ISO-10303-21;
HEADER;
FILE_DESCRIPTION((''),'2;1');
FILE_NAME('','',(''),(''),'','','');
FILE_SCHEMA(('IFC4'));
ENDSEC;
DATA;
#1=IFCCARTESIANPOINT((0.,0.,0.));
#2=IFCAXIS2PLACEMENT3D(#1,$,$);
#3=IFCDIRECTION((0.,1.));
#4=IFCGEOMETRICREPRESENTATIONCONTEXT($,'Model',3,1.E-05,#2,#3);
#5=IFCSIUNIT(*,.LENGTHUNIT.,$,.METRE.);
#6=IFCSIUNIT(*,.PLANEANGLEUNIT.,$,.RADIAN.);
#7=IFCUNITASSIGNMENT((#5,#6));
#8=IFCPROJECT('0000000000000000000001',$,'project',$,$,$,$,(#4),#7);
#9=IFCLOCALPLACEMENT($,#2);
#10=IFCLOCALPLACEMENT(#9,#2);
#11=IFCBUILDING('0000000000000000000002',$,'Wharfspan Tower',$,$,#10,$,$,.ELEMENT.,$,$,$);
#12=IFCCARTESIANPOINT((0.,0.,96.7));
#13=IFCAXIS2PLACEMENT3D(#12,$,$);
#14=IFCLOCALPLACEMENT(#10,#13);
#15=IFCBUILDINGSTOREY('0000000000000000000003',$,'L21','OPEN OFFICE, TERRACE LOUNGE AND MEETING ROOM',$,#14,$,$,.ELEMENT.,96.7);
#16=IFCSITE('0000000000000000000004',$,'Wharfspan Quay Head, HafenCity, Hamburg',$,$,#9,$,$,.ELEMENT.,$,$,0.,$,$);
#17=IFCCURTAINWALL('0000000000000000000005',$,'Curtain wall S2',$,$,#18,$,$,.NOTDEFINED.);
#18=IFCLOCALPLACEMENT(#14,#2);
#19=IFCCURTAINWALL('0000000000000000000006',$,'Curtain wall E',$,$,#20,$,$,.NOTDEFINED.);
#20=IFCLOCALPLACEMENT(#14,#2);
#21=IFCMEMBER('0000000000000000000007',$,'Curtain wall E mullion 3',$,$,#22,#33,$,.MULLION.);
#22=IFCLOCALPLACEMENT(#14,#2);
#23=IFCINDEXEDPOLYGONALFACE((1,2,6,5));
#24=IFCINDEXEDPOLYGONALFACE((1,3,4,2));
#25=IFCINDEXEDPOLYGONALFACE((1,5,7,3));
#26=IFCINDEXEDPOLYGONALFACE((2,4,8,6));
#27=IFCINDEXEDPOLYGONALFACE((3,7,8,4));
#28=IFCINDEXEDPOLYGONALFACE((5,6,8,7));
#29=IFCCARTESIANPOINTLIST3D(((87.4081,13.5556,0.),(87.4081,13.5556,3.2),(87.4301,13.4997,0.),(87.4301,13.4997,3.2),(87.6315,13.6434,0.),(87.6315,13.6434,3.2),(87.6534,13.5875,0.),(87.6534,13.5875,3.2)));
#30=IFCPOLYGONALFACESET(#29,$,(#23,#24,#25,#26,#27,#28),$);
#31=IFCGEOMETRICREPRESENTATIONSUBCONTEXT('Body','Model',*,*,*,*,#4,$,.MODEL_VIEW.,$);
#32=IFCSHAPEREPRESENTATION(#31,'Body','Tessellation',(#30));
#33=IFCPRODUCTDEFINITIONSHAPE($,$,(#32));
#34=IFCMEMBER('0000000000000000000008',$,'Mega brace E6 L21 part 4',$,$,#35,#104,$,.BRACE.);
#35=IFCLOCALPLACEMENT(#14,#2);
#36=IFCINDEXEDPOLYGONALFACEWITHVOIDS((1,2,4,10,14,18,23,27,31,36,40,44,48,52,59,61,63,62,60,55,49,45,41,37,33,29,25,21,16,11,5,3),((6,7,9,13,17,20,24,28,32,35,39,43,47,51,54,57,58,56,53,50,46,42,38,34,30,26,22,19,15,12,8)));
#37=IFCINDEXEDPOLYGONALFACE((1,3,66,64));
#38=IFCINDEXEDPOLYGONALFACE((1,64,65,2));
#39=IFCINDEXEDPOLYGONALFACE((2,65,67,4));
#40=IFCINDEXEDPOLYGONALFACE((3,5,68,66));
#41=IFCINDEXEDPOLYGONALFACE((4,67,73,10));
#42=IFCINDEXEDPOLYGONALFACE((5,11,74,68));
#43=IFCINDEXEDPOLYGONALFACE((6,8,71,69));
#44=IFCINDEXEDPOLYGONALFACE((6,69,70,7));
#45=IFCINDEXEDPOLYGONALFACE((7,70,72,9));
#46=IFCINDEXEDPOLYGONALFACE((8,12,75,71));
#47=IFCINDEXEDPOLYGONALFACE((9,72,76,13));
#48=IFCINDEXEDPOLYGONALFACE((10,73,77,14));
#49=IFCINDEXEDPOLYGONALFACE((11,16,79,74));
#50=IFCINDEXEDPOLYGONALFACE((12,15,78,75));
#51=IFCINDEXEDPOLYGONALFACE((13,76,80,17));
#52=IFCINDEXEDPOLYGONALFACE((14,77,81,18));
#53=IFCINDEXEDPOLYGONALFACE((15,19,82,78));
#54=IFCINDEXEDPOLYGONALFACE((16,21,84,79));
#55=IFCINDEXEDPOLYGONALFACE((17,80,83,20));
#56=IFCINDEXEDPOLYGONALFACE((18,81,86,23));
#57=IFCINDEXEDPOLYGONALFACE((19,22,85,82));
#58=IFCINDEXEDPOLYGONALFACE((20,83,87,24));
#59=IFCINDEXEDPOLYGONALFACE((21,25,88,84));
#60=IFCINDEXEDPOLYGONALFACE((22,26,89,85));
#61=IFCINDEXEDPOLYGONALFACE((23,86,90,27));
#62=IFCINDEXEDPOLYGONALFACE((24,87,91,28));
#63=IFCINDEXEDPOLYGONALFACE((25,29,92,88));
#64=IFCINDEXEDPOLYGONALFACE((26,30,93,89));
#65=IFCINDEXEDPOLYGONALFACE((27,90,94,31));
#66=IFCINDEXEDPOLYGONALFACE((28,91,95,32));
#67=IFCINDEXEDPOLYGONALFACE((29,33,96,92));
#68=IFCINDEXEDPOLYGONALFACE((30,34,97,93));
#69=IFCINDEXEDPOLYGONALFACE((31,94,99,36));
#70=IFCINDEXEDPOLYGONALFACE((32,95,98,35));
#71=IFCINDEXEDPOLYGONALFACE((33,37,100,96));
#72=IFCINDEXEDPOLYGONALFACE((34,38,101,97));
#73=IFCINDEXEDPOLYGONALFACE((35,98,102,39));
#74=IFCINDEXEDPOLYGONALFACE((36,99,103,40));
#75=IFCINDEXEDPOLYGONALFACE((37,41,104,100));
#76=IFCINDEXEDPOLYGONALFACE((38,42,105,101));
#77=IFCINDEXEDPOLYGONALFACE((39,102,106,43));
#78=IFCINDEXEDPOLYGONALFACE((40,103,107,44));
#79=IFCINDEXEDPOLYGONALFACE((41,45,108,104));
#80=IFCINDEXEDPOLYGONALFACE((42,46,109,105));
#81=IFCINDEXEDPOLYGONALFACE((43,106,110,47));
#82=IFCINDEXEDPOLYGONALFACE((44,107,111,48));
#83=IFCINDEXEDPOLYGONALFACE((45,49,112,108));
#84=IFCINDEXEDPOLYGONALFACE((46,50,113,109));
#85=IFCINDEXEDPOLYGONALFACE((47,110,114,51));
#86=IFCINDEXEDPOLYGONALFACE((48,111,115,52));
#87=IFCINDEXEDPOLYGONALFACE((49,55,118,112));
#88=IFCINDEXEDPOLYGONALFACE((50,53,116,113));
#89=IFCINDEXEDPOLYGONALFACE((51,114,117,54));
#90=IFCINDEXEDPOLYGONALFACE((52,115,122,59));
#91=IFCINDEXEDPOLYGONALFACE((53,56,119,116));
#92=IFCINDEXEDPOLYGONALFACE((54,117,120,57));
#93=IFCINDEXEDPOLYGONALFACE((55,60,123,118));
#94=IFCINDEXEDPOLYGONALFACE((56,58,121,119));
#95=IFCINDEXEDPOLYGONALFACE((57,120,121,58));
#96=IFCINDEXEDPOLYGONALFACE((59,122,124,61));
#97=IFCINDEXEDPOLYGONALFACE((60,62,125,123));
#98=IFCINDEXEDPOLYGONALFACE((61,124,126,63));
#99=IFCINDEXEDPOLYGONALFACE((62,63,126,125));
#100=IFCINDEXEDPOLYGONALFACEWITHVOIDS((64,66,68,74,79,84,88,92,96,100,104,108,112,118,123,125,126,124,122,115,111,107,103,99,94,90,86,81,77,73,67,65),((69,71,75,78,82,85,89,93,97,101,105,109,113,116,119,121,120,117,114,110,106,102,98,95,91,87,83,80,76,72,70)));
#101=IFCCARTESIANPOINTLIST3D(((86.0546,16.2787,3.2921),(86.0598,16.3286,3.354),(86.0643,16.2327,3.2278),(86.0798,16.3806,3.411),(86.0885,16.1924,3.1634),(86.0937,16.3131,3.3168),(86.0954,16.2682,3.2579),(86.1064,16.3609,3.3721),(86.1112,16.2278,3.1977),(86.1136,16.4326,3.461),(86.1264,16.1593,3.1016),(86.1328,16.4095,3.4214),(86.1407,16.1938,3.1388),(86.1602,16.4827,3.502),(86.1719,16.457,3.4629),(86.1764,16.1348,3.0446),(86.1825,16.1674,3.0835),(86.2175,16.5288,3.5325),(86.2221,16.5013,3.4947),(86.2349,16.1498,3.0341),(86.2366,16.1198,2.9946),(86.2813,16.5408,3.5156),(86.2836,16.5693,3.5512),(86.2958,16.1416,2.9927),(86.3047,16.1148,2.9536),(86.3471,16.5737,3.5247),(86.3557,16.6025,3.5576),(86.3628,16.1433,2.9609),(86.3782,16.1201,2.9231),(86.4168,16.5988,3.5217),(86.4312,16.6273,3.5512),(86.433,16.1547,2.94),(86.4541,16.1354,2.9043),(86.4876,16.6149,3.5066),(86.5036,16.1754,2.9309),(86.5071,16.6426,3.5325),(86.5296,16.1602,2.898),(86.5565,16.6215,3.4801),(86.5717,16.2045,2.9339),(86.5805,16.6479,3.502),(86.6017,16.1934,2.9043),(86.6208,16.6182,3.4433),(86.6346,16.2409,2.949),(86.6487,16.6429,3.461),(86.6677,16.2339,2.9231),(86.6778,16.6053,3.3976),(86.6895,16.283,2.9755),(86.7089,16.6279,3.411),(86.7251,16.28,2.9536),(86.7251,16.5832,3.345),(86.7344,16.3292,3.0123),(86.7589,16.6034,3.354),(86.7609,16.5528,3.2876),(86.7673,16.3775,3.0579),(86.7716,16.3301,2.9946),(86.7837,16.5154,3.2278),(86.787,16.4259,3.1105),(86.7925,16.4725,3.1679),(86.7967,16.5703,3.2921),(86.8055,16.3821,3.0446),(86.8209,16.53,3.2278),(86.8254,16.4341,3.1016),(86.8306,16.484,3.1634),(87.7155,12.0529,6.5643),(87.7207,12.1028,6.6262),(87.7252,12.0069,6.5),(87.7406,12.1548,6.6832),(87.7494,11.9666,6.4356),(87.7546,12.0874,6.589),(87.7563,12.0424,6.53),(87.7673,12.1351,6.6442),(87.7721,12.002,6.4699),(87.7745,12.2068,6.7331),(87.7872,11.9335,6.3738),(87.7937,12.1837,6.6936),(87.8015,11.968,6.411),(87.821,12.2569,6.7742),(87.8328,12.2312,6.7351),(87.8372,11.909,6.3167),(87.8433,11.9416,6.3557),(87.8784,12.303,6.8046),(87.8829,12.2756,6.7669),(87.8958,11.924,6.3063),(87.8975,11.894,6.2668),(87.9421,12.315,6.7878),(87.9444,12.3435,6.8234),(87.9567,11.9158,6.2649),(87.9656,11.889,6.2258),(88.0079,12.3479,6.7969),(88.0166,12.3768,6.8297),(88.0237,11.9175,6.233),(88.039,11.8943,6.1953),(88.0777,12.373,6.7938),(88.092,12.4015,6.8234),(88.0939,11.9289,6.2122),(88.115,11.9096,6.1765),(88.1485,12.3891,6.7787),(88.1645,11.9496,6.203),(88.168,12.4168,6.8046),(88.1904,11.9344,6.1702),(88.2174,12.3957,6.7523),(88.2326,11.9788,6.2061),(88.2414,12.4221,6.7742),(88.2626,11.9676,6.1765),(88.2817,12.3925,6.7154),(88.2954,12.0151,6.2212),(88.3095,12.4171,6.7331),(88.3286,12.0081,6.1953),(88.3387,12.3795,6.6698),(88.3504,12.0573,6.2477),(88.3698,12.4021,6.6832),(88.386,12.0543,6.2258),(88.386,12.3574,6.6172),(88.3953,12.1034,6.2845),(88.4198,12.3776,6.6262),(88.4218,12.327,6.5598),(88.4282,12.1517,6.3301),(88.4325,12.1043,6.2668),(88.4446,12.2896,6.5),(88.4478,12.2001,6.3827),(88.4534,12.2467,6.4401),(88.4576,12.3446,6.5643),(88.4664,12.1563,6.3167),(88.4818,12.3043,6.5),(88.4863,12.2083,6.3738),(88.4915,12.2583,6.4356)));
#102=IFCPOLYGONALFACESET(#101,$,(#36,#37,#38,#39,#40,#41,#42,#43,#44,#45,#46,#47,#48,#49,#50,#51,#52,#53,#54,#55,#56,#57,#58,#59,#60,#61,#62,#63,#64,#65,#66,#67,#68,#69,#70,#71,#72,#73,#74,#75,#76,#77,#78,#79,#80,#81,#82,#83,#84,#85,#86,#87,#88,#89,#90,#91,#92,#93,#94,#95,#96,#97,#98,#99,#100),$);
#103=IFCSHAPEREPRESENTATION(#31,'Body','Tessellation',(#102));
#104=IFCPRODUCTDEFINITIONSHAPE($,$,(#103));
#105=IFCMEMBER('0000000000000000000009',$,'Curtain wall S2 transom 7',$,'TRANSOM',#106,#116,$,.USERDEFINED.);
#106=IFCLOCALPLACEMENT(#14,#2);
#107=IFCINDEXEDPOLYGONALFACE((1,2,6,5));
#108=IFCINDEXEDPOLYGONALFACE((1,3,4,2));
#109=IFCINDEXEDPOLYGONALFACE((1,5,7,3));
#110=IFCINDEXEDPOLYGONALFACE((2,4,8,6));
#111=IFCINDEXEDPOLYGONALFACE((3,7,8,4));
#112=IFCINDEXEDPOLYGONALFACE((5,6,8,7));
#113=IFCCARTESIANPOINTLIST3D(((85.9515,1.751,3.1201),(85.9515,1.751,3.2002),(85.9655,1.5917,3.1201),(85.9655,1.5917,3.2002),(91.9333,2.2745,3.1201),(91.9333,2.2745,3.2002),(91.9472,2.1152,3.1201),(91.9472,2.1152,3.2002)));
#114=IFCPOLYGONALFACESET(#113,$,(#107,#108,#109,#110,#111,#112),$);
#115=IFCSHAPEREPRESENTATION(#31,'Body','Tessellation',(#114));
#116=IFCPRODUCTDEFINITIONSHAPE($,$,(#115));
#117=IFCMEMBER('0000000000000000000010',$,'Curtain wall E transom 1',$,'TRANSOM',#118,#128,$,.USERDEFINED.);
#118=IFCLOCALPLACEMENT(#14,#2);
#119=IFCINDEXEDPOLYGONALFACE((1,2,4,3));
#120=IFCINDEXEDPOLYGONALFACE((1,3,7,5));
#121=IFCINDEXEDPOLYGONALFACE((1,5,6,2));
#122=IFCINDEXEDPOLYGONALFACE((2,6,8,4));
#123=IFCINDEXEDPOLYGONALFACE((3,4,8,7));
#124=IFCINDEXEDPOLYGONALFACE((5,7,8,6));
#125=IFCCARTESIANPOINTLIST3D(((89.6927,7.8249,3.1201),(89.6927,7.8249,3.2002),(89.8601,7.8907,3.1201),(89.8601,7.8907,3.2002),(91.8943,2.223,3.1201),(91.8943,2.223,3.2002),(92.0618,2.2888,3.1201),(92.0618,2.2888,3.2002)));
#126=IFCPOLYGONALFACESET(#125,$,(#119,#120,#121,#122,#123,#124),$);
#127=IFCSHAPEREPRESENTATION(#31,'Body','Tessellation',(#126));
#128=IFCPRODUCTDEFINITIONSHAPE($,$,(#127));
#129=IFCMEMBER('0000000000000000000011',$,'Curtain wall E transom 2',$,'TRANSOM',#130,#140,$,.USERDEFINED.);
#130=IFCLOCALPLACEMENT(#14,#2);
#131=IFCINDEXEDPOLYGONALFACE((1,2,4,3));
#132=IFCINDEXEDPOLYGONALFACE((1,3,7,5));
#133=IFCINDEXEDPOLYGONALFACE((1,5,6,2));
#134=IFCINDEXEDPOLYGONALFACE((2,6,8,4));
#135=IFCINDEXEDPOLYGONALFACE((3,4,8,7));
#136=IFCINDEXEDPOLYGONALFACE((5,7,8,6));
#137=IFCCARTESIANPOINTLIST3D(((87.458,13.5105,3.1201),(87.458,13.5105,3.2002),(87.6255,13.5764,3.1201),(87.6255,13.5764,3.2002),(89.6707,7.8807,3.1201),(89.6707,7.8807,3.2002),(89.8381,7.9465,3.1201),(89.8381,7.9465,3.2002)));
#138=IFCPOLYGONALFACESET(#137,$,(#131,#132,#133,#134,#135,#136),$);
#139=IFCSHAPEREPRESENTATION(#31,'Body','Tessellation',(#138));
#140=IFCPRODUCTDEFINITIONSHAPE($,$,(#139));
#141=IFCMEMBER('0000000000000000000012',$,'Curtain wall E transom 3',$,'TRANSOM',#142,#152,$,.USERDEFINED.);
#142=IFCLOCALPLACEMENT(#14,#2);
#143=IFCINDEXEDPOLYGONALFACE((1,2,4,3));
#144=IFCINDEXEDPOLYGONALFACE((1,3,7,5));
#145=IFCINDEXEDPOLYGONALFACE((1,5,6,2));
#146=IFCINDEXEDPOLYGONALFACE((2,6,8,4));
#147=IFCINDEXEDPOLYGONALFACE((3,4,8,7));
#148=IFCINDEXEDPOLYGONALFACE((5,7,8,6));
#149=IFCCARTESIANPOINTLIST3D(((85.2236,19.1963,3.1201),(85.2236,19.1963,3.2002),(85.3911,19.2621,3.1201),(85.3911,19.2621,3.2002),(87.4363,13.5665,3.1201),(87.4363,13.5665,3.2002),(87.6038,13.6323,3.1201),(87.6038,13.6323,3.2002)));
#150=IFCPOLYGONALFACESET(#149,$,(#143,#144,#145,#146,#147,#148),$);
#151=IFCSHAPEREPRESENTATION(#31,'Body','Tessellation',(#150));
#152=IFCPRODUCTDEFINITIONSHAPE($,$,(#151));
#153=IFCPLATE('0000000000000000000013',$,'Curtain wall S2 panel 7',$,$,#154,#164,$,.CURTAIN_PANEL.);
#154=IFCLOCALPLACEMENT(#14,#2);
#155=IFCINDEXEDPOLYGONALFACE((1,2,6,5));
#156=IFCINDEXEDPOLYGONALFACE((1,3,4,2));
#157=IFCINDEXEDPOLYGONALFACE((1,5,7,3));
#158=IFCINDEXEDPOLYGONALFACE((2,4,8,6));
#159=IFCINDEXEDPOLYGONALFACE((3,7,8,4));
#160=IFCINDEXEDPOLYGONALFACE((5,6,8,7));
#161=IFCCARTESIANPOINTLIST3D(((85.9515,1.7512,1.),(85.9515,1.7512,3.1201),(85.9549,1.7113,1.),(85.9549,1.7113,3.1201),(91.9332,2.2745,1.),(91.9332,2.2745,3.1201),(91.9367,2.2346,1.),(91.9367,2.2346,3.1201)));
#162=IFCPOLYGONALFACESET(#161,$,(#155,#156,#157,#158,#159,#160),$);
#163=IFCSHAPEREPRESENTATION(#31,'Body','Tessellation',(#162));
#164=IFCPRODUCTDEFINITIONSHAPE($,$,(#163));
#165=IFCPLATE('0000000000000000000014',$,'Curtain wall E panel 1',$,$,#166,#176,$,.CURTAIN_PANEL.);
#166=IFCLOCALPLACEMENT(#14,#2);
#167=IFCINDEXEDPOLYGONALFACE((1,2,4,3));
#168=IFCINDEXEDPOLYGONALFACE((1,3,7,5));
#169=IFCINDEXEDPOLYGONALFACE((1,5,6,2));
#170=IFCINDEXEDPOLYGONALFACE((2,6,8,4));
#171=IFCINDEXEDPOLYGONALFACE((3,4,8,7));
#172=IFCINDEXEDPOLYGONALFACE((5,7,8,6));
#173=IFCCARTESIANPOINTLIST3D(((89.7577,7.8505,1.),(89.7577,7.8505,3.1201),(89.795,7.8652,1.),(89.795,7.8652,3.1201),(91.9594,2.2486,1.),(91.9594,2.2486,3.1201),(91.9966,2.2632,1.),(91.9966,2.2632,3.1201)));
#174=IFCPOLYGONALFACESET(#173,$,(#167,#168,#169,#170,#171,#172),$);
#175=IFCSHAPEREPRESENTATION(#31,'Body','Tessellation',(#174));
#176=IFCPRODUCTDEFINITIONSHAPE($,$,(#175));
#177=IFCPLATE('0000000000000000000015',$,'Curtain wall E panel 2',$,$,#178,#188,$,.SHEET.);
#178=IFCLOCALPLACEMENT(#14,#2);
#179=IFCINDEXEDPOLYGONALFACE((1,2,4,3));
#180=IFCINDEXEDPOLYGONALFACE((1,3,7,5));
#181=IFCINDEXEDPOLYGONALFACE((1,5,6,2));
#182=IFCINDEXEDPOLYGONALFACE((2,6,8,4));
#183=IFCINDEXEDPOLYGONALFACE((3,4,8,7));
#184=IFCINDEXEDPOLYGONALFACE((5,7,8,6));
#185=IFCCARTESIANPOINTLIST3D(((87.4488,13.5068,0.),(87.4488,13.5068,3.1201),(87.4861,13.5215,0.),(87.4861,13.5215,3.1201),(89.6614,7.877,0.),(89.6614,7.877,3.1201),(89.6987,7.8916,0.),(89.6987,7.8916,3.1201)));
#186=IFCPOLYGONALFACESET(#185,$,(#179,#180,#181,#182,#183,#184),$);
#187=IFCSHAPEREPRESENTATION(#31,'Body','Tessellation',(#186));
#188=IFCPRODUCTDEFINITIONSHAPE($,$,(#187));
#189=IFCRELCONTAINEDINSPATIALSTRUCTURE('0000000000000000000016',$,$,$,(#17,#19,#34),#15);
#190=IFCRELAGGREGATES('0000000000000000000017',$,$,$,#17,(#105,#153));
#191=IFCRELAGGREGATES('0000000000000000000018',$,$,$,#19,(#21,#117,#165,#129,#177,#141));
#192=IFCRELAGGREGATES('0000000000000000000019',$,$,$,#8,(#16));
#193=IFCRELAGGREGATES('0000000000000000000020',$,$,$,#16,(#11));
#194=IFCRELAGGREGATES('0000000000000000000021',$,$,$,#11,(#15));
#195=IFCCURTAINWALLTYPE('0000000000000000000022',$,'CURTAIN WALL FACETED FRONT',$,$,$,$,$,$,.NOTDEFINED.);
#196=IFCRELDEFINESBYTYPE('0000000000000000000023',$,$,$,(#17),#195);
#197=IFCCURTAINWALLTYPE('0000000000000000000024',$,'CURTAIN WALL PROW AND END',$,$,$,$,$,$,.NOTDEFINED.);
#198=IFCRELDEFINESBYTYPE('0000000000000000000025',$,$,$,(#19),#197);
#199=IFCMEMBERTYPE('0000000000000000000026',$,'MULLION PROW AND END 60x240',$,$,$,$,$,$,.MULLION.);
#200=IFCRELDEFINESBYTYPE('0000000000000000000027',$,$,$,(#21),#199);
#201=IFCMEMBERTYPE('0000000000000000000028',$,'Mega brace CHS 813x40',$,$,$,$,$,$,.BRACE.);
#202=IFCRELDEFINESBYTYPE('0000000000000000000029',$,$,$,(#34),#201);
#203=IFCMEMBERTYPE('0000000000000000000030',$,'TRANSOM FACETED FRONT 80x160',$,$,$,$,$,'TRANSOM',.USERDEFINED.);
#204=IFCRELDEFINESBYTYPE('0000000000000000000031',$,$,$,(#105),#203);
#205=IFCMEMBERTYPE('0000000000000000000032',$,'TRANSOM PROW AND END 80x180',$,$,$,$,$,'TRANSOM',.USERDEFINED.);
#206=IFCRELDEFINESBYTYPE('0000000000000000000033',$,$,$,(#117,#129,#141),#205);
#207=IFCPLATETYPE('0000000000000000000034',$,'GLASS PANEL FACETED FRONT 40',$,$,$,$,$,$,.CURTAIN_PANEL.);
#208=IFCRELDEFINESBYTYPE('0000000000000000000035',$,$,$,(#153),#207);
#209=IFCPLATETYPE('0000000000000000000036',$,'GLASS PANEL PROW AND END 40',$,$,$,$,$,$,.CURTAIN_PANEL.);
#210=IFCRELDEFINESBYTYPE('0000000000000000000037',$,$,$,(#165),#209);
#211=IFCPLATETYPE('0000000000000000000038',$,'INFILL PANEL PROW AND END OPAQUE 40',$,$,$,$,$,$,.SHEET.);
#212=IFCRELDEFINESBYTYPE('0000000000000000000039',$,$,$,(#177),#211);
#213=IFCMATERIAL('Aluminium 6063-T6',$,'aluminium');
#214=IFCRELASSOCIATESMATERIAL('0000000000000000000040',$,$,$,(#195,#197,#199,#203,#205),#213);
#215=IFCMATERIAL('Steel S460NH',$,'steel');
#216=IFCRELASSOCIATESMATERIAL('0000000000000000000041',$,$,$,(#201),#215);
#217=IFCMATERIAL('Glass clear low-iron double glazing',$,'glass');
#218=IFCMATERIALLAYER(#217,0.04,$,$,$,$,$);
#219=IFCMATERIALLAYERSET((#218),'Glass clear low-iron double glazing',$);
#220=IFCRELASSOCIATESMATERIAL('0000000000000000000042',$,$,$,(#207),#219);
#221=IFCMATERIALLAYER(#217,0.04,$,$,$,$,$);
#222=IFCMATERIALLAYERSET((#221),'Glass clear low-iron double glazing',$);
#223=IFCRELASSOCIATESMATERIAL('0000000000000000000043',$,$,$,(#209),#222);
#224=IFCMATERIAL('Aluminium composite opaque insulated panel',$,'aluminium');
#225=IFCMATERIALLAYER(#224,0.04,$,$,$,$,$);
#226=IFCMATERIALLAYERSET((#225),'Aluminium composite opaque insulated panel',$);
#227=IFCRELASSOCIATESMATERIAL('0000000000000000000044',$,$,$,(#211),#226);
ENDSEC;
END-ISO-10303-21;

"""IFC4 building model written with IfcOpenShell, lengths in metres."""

from ifc_helpers import new_model, si_unit, direction, frame, origin, origin_2d, place, context, subcontext, project, spatial, rectangle, hollow_circle, extrude, material, layer, layer_set, material_profile, profile_set, type_object, element, aggregate, save


model = new_model("IFC4")

# Units and contexts
model_context = context("Model", 3, precision=1e-05, world=origin(), true_north=direction((0.0, 1.0)))
body_context = subcontext(model_context, "Body", "Model", "MODEL_VIEW")
ifc_project = project(units=[si_unit("LENGTHUNIT", "METRE"), si_unit("PLANEANGLEUNIT", "RADIAN")], contexts=[model_context])

# Site, building, storey
site_placement = place(None, origin())
site = spatial("IfcSite", under=ifc_project, at=site_placement, Name="Wharfspan Quay Head, HafenCity, Hamburg", CompositionType="ELEMENT", RefElevation=0.0)
building_placement = place(site_placement, origin())
building = spatial("IfcBuilding", under=site, at=building_placement, Name="Wharfspan Tower", CompositionType="ELEMENT")
storey_placement = place(building_placement, frame((0.0, 0.0, 96.7)))
storey = spatial("IfcBuildingStorey", under=building, at=storey_placement, Name="L21", Description="OPEN OFFICE, TERRACE LOUNGE AND MEETING ROOM", CompositionType="ELEMENT", Elevation=96.7)

# Shared definitions
ifc_material_1 = material(Name="Steel S460NH", Category="steel")

# Curtain wall
ifc_material_2 = material(Name="Aluminium 6063-T6", Category="aluminium")
curtain_wall_type_1 = type_object("IfcCurtainWallType", Name="CURTAIN WALL FACETED FRONT", PredefinedType="NOTDEFINED", material=ifc_material_2)
curtain_wall_1_placement = place(storey_placement, origin())
curtain_wall_1 = element("IfcCurtainWall", 1, at=curtain_wall_1_placement, inside=storey, type_object=curtain_wall_type_1, Name="Curtain wall S2", PredefinedType="NOTDEFINED")

# Curtain wall, member
curtain_wall_type_2 = type_object("IfcCurtainWallType", Name="CURTAIN WALL PROW AND END", PredefinedType="NOTDEFINED", material=ifc_material_2)
curtain_wall_2_placement = place(storey_placement, origin())
curtain_wall_2 = element("IfcCurtainWall", 2, at=curtain_wall_2_placement, inside=storey, type_object=curtain_wall_type_2, Name="Curtain wall E", PredefinedType="NOTDEFINED")
ifc_material_profile_1 = material_profile(ifc_material_2, rectangle(XDim=0.24, YDim=0.0601, at=origin_2d()))
ifc_profile_set_1 = profile_set([ifc_material_profile_1], Name="Aluminium 6063-T6")
member_type_1 = type_object("IfcMemberType", Name="MULLION PROW AND END 60x240", PredefinedType="MULLION", material=ifc_profile_set_1)
member_1_placement = place(storey_placement, frame((87.5308, 13.5715, 0.0), z_axis=(0.0, 0.0, 1.0), x_axis=(-0.930702, -0.365778, 0.0)))
member_1 = element("IfcMember", 3, at=member_1_placement, type_object=member_type_1, Name="Curtain wall E mullion 3", PredefinedType="MULLION", context=body_context, shape_type="SweptSolid", body=[
    extrude(rectangle(XDim=0.24, YDim=0.0601, at=origin_2d()), origin(), (0.0, 0.0, 1.0), 3.2),
])

# Members
ifc_material_profile_2 = material_profile(ifc_material_1, hollow_circle(Radius=0.4065, WallThickness=0.04, at=origin_2d()))
ifc_profile_set_2 = profile_set([ifc_material_profile_2], Name="Steel S460NH")
member_type_2 = type_object("IfcMemberType", Name="Mega brace CHS 813x40", PredefinedType="BRACE", material=ifc_profile_set_2)
member_2_placement = place(storey_placement, frame((86.4426, 16.3813, 3.2278), z_axis=(0.29676, -0.755051, 0.584664), x_axis=(0.930695, 0.365797, 0.000004)))
element("IfcMember", 4, at=member_2_placement, inside=storey, type_object=member_type_2, Name="Mega brace E6 L21 part 4", PredefinedType="BRACE", context=body_context, shape_type="SweptSolid", body=[
    extrude(hollow_circle(Radius=0.4065, WallThickness=0.04, at=origin_2d()), origin(), (0.0, 0.0, 1.0), 5.5967),
])
ifc_material_profile_3 = material_profile(ifc_material_2, rectangle(XDim=0.1599, YDim=0.0801, at=origin_2d()))
ifc_profile_set_3 = profile_set([ifc_material_profile_3], Name="Aluminium 6063-T6")
member_type_3 = type_object("IfcMemberType", Name="TRANSOM FACETED FRONT 80x160", ElementType="TRANSOM", PredefinedType="USERDEFINED", material=ifc_profile_set_3)
member_3_placement = place(storey_placement, frame((85.9585, 1.6714, 3.1602), z_axis=(0.996193, 0.087174, 0.0), x_axis=(-0.087174, 0.996193, 0.0)))
member_3 = element("IfcMember", 5, at=member_3_placement, type_object=member_type_3, Name="Curtain wall S2 transom 7", ObjectType="TRANSOM", PredefinedType="USERDEFINED", context=body_context, shape_type="SweptSolid", body=[
    extrude(rectangle(XDim=0.1599, YDim=0.0801, at=origin_2d()), origin(), (0.0, 0.0, 1.0), 6.0046),
])
ifc_material_profile_4 = material_profile(ifc_material_2, rectangle(XDim=0.1799, YDim=0.0801, at=origin_2d()))
ifc_profile_set_4 = profile_set([ifc_material_profile_4], Name="Aluminium 6063-T6")
member_type_4 = type_object("IfcMemberType", Name="TRANSOM PROW AND END 80x180", ElementType="TRANSOM", PredefinedType="USERDEFINED", material=ifc_profile_set_4)
member_4_placement = place(storey_placement, frame((91.978, 2.2559, 3.1602), z_axis=(-0.365775, 0.930703, 0.0), x_axis=(-0.930703, -0.365775, 0.0)))
member_4 = element("IfcMember", 6, at=member_4_placement, type_object=member_type_4, Name="Curtain wall E transom 1", ObjectType="TRANSOM", PredefinedType="USERDEFINED", context=body_context, shape_type="SweptSolid", body=[
    extrude(rectangle(XDim=0.1799, YDim=0.0801, at=origin_2d()), origin(), (0.0, 0.0, 1.0), 6.019),
])
member_5_placement = place(storey_placement, frame((89.7544, 7.9136, 3.1602), z_axis=(-0.365782, 0.9307, 0.0), x_axis=(-0.9307, -0.365782, 0.0)))
member_5 = element("IfcMember", 7, at=member_5_placement, type_object=member_type_4, Name="Curtain wall E transom 2", ObjectType="TRANSOM", PredefinedType="USERDEFINED", context=body_context, shape_type="SweptSolid", body=[
    extrude(rectangle(XDim=0.1799, YDim=0.0801, at=origin_2d()), origin(), (0.0, 0.0, 1.0), 6.0491),
])
member_6_placement = place(storey_placement, frame((87.52, 13.5994, 3.1602), z_axis=(-0.365782, 0.9307, 0.0), x_axis=(-0.9307, -0.365782, 0.0)))
member_6 = element("IfcMember", 8, at=member_6_placement, type_object=member_type_4, Name="Curtain wall E transom 3", ObjectType="TRANSOM", PredefinedType="USERDEFINED", context=body_context, shape_type="SweptSolid", body=[
    extrude(rectangle(XDim=0.1799, YDim=0.0801, at=origin_2d()), origin(), (0.0, 0.0, 1.0), 6.0491),
])

# Plates
ifc_material_3 = material(Name="Glass clear low-iron double glazing", Category="glass")
ifc_layer_1 = layer(ifc_material_3, 0.04)
ifc_layer_set_1 = layer_set([ifc_layer_1], Name="Glass clear low-iron double glazing")
plate_type_1 = type_object("IfcPlateType", Name="GLASS PANEL FACETED FRONT 40", PredefinedType="CURTAIN_PANEL", material=ifc_layer_set_1)
plate_1_placement = place(storey_placement, frame((88.9441, 1.9929, 1.0), z_axis=(0.0, 0.0, 1.0), x_axis=(0.996198, 0.087156, 0.0)))
plate_1 = element("IfcPlate", 9, at=plate_1_placement, type_object=plate_type_1, Name="Curtain wall S2 panel 7", PredefinedType="CURTAIN_PANEL", context=body_context, shape_type="SweptSolid", body=[
    extrude(rectangle(XDim=6.0046, YDim=0.04, at=origin_2d()), origin(), (0.0, 0.0, 1.0), 2.1201),
])
aggregate(curtain_wall_1, [member_3, plate_1])
ifc_layer_2 = layer(ifc_material_3, 0.04)
ifc_layer_set_2 = layer_set([ifc_layer_2], Name="Glass clear low-iron double glazing")
plate_type_2 = type_object("IfcPlateType", Name="GLASS PANEL PROW AND END 40", PredefinedType="CURTAIN_PANEL", material=ifc_layer_set_2)
plate_2_placement = place(storey_placement, frame((90.8772, 5.0569, 1.0), z_axis=(0.0, 0.0, 1.0), x_axis=(-0.365778, 0.930702, 0.0)))
plate_2 = element("IfcPlate", 10, at=plate_2_placement, type_object=plate_type_2, Name="Curtain wall E panel 1", PredefinedType="CURTAIN_PANEL", context=body_context, shape_type="SweptSolid", body=[
    extrude(rectangle(XDim=6.019, YDim=0.04, at=origin_2d()), origin(), (0.0, 0.0, 1.0), 2.1201),
])
ifc_material_4 = material(Name="Aluminium composite opaque insulated panel", Category="aluminium")
ifc_layer_3 = layer(ifc_material_4, 0.04)
ifc_layer_set_3 = layer_set([ifc_layer_3], Name="Aluminium composite opaque insulated panel")
plate_type_3 = type_object("IfcPlateType", Name="INFILL PANEL PROW AND END OPAQUE 40", PredefinedType="SHEET", material=ifc_layer_set_3)
plate_3_placement = place(storey_placement, frame((88.5737, 10.6992, 0.0), z_axis=(0.0, 0.0, 1.0), x_axis=(-0.365778, 0.930702, 0.0)))
plate_3 = element("IfcPlate", 11, at=plate_3_placement, type_object=plate_type_3, Name="Curtain wall E panel 2", PredefinedType="SHEET", context=body_context, shape_type="SweptSolid", body=[
    extrude(rectangle(XDim=6.0491, YDim=0.04, at=origin_2d()), origin(), (0.0, 0.0, 1.0), 3.1201),
])
aggregate(curtain_wall_2, [member_1, member_4, plate_2, member_5, plate_3, member_6])

save(model, "model.ifc")
